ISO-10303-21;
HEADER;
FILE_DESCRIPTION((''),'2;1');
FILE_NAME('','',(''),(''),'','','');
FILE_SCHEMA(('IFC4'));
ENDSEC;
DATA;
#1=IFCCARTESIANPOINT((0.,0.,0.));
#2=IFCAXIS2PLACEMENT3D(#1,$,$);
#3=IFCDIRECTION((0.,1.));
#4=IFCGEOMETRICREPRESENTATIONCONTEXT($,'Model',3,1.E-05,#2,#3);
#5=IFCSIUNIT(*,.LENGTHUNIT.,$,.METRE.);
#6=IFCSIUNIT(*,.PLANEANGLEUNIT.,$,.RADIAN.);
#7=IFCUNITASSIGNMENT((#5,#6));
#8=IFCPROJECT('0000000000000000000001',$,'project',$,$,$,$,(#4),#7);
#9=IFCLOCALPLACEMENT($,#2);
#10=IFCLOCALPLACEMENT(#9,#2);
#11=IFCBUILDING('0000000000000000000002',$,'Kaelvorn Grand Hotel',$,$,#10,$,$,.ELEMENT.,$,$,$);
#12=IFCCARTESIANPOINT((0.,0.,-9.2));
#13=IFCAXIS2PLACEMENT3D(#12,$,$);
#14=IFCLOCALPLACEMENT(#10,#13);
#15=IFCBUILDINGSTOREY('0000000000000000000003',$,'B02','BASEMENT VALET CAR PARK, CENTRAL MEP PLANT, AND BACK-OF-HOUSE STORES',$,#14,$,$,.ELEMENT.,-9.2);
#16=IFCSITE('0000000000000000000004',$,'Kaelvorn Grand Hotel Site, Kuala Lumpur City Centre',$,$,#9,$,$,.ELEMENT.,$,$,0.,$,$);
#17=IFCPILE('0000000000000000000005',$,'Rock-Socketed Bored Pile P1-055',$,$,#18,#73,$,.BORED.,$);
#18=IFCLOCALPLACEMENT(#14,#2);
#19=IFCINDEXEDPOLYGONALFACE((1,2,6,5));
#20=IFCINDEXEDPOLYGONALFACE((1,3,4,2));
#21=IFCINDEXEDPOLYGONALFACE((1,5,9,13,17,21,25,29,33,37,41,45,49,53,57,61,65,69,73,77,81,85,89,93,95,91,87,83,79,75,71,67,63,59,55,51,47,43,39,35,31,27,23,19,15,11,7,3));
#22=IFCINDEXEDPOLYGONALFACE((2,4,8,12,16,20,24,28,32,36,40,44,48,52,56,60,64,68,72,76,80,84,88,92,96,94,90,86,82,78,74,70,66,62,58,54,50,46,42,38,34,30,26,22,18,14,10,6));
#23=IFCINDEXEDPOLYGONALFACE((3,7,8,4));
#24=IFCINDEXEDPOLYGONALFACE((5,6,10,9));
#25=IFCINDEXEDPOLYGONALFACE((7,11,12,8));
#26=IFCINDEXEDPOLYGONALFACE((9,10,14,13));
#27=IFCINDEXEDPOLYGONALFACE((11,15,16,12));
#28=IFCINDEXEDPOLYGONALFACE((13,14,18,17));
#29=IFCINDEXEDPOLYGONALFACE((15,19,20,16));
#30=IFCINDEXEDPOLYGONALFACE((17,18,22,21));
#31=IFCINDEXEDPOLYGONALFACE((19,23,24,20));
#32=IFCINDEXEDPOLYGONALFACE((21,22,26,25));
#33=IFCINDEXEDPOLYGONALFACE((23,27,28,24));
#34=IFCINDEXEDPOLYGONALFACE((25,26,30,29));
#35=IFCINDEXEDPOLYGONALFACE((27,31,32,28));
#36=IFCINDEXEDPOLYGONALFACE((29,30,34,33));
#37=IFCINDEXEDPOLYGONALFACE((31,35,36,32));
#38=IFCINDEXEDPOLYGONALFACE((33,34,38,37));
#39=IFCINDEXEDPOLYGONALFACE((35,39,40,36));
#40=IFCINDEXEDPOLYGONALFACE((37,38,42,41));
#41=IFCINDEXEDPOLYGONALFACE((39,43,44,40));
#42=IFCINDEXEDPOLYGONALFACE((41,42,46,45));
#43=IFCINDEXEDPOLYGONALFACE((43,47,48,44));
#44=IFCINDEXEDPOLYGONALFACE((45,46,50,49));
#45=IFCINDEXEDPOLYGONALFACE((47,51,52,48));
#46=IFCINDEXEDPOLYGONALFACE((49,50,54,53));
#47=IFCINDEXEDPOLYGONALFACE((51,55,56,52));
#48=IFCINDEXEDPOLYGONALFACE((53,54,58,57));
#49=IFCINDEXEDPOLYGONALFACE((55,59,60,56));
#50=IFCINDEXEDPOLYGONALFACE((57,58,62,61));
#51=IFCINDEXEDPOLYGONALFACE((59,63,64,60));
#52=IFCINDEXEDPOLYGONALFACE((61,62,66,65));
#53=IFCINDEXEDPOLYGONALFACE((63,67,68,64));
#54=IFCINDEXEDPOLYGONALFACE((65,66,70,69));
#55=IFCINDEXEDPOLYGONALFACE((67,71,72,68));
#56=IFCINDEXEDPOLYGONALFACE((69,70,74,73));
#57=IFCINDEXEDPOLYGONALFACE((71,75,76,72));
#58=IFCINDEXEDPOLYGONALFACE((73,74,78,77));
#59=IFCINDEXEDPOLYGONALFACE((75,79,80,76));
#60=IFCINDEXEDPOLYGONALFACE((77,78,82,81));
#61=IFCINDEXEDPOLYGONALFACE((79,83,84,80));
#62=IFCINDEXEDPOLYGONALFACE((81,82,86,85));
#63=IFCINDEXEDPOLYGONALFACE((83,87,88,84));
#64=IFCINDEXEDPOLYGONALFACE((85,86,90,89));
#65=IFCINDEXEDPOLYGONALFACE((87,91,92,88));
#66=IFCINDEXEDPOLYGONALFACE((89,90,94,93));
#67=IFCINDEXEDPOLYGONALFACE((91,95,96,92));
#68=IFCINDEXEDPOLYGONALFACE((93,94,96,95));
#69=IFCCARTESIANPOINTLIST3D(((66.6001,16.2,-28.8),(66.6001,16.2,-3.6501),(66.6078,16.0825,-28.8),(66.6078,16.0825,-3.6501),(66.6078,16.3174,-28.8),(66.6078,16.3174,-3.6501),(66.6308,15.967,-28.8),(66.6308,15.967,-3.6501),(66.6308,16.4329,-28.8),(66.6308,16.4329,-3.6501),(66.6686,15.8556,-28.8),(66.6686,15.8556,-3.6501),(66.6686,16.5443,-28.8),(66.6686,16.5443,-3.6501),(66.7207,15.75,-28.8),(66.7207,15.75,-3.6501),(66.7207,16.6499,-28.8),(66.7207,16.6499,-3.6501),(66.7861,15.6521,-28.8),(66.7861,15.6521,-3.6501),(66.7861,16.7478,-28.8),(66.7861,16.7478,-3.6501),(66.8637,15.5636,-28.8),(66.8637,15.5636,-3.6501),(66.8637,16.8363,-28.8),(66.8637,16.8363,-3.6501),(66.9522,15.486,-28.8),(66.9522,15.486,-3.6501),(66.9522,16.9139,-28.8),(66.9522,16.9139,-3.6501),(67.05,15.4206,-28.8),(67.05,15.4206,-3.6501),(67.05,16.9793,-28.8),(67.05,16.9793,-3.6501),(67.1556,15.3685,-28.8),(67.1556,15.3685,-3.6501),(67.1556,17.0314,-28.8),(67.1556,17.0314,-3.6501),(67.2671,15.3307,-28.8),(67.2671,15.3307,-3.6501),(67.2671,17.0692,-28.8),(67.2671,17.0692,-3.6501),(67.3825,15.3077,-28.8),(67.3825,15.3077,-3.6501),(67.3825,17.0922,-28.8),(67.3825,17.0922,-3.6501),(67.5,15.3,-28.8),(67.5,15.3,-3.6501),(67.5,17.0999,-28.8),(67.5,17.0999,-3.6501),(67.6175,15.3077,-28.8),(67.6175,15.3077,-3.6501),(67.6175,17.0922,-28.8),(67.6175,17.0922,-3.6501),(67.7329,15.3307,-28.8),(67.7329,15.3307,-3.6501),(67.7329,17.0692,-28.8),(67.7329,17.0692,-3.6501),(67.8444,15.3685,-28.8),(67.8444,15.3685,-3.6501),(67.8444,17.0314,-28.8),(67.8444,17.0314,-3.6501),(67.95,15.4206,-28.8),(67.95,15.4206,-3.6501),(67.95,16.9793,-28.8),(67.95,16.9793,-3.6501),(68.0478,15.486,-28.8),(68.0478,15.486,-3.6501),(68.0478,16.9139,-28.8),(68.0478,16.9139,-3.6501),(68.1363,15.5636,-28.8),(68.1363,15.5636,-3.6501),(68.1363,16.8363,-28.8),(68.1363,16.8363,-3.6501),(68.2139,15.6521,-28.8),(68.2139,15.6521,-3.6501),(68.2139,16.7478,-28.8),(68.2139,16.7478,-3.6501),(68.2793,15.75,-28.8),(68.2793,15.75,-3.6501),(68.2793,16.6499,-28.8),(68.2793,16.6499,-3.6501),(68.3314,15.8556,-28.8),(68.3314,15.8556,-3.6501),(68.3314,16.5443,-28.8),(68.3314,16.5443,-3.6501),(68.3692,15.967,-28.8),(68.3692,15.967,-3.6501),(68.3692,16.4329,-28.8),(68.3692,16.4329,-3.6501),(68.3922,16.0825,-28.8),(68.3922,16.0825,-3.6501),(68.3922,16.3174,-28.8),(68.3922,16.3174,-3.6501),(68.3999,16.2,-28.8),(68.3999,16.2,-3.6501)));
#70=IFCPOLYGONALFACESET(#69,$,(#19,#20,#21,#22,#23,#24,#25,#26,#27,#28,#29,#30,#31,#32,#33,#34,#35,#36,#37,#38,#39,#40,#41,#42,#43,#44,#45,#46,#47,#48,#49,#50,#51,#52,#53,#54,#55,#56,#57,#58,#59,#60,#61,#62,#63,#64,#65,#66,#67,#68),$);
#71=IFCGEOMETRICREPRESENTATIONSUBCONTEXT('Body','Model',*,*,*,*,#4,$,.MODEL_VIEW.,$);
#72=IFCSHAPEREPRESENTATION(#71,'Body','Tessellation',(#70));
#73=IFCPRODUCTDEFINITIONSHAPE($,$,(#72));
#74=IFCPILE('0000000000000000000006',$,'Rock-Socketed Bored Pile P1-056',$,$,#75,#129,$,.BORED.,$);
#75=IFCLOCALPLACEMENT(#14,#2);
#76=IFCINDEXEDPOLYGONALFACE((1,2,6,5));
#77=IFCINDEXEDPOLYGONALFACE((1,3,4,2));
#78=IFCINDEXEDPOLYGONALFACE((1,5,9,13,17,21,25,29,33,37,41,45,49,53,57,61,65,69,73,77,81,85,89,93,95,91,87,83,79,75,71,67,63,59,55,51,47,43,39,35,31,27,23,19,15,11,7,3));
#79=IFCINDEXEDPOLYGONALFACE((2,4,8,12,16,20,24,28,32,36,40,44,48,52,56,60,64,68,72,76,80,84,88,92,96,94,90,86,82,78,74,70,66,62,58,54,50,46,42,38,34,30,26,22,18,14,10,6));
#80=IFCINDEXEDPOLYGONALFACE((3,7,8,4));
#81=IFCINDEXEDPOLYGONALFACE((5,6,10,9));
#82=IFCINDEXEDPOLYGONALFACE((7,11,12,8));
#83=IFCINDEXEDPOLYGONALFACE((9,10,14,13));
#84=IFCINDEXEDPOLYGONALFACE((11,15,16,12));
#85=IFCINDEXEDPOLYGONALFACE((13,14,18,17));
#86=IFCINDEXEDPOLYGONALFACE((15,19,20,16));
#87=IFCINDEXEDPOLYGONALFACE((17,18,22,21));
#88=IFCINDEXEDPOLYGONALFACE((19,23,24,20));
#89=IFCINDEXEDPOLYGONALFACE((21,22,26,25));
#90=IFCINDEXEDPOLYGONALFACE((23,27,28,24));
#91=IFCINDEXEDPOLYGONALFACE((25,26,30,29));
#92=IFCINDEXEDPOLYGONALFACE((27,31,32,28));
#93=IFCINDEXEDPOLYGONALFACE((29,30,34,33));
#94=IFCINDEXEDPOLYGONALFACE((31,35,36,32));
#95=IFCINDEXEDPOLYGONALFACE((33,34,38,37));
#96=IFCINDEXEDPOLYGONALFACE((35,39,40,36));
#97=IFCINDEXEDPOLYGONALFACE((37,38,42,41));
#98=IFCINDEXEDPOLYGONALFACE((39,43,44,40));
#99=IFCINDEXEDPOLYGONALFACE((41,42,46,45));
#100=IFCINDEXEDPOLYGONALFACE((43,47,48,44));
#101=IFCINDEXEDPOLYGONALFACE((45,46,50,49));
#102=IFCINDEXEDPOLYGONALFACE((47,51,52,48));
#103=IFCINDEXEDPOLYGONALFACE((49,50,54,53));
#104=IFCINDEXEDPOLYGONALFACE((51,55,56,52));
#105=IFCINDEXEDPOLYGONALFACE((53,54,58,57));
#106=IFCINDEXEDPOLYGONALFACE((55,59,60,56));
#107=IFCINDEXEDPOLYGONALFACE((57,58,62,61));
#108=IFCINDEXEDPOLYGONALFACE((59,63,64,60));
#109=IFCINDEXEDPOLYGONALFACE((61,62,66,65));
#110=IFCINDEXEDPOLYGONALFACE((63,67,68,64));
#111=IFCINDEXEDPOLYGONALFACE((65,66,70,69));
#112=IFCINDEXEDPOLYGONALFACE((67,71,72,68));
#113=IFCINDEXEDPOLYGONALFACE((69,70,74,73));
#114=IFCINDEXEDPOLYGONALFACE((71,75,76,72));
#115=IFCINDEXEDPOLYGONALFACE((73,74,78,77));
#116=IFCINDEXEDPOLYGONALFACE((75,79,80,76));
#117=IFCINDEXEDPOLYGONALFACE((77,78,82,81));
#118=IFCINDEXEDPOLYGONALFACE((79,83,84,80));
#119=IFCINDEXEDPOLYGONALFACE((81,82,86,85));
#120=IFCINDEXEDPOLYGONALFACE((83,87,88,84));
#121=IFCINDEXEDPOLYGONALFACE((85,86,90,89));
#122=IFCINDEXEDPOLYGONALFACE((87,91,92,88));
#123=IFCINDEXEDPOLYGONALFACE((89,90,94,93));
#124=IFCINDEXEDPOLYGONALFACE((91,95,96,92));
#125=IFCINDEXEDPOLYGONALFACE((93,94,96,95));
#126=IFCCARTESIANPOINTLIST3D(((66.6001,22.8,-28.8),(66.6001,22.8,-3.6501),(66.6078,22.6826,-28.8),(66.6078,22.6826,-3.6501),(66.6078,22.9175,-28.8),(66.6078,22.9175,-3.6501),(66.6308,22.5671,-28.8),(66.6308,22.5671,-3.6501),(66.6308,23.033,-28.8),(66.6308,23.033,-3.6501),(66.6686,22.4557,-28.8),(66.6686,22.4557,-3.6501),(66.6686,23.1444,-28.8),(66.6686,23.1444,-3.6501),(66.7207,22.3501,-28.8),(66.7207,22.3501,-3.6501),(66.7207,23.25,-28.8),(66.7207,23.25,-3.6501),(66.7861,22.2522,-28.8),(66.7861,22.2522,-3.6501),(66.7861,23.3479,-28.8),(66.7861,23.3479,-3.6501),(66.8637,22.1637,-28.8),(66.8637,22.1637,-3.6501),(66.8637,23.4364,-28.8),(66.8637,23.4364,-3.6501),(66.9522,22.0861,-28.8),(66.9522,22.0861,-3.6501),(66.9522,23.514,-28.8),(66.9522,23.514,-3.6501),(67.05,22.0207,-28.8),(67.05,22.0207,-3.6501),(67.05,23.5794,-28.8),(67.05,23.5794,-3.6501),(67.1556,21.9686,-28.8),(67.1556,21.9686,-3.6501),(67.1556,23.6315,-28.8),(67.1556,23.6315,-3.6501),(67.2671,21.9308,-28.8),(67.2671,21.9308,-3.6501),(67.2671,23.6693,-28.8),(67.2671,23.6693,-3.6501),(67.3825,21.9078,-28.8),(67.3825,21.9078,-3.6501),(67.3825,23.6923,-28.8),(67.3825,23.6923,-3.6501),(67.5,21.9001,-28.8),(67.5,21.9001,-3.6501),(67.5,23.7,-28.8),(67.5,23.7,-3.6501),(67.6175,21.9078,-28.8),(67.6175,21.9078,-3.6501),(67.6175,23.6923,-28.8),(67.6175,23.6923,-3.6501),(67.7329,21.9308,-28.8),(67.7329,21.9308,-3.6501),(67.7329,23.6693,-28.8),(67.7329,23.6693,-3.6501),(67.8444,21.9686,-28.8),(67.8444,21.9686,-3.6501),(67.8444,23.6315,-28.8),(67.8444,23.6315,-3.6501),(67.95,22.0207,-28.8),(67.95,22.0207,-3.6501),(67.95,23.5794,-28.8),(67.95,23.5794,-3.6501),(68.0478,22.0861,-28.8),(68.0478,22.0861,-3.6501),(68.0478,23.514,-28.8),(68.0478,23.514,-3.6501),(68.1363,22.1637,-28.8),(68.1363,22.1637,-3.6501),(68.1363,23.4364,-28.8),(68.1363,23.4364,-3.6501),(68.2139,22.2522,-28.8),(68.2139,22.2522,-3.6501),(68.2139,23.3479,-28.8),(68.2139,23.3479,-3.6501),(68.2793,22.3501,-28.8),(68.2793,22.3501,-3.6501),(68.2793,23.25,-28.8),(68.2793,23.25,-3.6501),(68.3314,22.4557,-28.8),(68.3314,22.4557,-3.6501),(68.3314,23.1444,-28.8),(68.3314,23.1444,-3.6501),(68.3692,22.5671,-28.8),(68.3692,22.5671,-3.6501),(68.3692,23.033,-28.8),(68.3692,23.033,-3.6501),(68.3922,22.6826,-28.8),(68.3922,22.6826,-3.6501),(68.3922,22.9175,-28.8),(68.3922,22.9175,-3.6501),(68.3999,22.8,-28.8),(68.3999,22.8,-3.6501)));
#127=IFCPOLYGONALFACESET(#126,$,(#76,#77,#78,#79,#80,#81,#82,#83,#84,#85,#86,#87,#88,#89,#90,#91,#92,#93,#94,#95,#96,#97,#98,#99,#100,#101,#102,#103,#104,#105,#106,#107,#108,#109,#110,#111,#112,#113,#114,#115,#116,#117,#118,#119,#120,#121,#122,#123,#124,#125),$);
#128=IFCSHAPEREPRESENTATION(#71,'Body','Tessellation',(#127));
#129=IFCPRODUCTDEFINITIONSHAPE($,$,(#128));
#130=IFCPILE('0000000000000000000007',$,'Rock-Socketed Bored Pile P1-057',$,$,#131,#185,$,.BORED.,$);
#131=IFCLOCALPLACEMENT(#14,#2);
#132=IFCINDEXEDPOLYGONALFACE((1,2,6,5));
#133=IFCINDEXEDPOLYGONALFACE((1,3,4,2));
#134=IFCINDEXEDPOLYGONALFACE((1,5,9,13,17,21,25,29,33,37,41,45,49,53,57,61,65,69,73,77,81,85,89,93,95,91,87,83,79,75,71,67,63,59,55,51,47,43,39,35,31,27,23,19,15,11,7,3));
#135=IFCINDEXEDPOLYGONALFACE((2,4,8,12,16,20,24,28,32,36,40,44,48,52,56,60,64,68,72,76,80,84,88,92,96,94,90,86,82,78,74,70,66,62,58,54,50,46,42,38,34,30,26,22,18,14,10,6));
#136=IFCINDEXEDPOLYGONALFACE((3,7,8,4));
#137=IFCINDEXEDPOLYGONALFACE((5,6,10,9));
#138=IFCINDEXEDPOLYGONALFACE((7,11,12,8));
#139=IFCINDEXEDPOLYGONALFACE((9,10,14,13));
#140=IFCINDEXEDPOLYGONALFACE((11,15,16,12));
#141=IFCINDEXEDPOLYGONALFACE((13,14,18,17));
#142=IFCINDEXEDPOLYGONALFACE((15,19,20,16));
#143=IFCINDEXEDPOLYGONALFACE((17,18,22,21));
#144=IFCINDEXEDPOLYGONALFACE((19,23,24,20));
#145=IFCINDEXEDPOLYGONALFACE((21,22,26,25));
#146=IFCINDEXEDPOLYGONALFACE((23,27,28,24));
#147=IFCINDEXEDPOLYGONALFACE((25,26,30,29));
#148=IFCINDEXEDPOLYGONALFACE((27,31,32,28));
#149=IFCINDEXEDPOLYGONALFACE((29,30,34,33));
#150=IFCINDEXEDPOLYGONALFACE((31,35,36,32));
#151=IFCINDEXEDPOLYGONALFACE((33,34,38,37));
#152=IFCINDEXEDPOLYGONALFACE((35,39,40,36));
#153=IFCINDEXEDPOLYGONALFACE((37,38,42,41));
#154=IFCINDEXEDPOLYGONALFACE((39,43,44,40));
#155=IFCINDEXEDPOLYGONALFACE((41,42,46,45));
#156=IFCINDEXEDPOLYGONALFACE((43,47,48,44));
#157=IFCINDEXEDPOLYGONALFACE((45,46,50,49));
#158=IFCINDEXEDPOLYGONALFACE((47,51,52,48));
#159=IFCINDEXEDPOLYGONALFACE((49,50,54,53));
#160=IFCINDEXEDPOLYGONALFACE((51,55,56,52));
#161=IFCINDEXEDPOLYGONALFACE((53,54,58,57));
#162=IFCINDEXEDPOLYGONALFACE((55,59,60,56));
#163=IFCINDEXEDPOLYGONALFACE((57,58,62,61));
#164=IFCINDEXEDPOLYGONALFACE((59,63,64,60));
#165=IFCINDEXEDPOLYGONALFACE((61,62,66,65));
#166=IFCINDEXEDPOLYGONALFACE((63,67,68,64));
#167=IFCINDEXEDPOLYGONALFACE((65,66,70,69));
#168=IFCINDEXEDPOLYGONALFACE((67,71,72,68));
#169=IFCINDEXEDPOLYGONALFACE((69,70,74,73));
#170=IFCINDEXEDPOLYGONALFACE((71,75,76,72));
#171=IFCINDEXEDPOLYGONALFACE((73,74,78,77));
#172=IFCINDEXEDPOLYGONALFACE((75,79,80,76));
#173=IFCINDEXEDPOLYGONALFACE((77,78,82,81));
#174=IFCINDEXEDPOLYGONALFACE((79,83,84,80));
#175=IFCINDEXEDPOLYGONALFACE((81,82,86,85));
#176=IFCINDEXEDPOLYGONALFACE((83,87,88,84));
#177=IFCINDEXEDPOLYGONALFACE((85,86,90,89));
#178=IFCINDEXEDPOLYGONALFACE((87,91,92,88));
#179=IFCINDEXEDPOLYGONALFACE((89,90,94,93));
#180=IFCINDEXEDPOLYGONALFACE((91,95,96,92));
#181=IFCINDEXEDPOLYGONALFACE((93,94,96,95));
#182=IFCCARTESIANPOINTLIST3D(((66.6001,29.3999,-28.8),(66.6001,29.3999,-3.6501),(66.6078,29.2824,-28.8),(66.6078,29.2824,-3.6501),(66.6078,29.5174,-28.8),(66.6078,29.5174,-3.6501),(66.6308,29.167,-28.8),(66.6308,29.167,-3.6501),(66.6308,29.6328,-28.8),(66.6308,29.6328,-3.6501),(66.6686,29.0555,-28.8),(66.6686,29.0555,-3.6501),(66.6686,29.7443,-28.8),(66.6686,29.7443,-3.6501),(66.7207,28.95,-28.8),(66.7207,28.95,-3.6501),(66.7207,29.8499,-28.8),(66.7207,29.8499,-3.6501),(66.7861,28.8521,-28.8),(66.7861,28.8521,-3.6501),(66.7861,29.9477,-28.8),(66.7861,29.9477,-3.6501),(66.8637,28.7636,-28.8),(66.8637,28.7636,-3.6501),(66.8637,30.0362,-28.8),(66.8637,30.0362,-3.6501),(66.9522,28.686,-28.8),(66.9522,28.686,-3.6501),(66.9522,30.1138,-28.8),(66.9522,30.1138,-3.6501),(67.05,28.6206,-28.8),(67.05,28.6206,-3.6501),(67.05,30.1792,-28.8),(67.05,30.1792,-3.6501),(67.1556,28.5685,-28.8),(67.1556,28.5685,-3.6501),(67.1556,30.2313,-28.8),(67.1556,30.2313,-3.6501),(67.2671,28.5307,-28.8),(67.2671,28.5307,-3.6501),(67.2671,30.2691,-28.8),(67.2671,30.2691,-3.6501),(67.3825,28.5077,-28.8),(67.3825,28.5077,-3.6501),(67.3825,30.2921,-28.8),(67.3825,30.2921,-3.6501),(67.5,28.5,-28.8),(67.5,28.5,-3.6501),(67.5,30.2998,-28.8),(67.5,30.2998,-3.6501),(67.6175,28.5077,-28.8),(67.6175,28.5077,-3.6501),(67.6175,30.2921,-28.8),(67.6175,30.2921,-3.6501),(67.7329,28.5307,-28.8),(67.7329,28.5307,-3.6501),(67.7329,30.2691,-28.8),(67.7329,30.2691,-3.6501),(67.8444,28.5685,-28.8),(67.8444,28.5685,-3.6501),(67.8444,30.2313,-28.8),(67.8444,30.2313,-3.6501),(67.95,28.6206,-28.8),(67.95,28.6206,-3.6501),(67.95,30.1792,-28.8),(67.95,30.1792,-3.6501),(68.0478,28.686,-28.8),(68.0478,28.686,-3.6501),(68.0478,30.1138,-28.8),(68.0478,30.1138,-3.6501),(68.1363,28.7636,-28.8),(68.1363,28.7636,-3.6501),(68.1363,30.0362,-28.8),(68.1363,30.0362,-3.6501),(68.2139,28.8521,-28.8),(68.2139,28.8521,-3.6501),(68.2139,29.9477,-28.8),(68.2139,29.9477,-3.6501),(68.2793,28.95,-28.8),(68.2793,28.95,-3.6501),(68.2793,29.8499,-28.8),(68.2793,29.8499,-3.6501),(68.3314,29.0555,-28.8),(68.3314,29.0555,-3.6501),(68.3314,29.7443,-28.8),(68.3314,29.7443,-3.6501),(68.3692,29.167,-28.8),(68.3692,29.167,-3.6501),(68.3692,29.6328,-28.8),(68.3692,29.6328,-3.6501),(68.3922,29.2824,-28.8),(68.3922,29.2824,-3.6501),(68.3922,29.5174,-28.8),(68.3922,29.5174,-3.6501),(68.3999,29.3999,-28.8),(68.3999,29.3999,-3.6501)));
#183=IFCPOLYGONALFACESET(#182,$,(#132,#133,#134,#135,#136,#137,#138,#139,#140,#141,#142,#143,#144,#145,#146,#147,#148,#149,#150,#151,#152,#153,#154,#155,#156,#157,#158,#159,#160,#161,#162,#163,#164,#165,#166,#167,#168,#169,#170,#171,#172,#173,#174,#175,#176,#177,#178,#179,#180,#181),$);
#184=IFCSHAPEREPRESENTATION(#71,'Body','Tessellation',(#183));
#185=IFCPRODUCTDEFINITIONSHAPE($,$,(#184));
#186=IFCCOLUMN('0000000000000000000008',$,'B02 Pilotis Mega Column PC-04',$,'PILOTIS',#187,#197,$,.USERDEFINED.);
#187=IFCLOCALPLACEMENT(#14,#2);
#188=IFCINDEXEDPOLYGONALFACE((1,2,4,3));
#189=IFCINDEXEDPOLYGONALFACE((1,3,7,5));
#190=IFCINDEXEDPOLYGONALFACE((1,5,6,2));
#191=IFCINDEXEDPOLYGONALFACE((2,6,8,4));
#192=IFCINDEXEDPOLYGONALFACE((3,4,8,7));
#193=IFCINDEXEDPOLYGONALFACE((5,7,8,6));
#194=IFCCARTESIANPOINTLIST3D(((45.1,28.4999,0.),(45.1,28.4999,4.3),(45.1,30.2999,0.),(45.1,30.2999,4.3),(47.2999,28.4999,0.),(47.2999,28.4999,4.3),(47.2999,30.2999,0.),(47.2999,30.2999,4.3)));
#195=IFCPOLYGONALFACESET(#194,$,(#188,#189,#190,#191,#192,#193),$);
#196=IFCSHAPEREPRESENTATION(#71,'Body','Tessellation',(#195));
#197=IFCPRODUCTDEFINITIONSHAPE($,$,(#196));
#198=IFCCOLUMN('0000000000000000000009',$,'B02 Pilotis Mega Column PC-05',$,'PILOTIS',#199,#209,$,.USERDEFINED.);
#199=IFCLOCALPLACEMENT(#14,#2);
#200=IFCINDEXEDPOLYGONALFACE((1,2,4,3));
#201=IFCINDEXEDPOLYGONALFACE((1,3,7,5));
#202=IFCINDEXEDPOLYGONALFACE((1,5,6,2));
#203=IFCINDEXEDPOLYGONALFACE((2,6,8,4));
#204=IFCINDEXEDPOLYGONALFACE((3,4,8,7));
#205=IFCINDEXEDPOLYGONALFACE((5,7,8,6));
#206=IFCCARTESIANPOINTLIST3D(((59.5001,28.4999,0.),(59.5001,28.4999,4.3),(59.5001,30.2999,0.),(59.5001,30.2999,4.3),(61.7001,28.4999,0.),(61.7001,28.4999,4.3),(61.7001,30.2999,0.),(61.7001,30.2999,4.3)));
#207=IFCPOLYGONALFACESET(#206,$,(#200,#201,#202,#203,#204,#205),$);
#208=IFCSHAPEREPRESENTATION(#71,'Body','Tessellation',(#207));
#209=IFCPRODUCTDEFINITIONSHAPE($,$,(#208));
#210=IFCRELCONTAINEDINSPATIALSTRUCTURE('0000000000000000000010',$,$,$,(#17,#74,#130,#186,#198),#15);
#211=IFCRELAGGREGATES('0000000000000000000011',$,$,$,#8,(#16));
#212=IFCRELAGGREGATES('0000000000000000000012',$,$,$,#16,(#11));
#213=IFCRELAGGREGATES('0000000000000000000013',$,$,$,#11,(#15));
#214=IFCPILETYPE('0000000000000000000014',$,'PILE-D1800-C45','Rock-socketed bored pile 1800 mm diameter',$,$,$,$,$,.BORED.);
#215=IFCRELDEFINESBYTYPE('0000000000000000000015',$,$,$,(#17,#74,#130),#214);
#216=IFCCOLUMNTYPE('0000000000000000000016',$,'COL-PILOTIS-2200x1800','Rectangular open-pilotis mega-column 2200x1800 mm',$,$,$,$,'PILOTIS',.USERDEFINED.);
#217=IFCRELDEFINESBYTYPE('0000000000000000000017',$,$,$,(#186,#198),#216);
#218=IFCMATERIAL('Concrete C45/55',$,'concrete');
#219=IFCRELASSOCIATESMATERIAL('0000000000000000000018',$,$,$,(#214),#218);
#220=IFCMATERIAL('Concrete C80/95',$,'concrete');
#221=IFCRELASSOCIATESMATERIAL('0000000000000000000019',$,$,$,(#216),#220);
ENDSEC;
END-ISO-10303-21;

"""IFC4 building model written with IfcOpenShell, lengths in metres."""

from ifc_helpers import new_model, si_unit, direction, frame, origin, origin_2d, place, context, subcontext, project, spatial, rectangle, circle, extrude, material, material_profile, profile_set, type_object, element, save


model = new_model("IFC4")

# Units and contexts
model_context = context("Model", 3, precision=1e-05, world=origin(), true_north=direction((0.0, 1.0)))
body_context = subcontext(model_context, "Body", "Model", "MODEL_VIEW")
ifc_project = project(units=[si_unit("LENGTHUNIT", "METRE"), si_unit("PLANEANGLEUNIT", "RADIAN")], contexts=[model_context])

# Site, building, storey
site_placement = place(None, origin())
site = spatial("IfcSite", under=ifc_project, at=site_placement, Name="Kaelvorn Grand Hotel Site, Kuala Lumpur City Centre", CompositionType="ELEMENT", RefElevation=0.0)
building_placement = place(site_placement, origin())
building = spatial("IfcBuilding", under=site, at=building_placement, Name="Kaelvorn Grand Hotel", CompositionType="ELEMENT")
storey_placement = place(building_placement, frame((0.0, 0.0, -9.2)))
storey = spatial("IfcBuildingStorey", under=building, at=storey_placement, Name="B02", Description="BASEMENT VALET CAR PARK, CENTRAL MEP PLANT, AND BACK-OF-HOUSE STORES", CompositionType="ELEMENT", Elevation=-9.2)

# Piles
ifc_material_1 = material(Name="Concrete C45/55", Category="concrete")
ifc_material_profile_1 = material_profile(ifc_material_1, circle(Radius=0.8999, at=origin_2d()), Name="BORED PILE D1800")
ifc_profile_set_1 = profile_set([ifc_material_profile_1], Name="Concrete C45/55")
pile_type = type_object("IfcPileType", Name="PILE-D1800-C45", Description="Rock-socketed bored pile 1800 mm diameter", PredefinedType="BORED", material=ifc_profile_set_1)
for number, where, z_axis, x_axis, name in (
    (1, (67.5, 16.2, -3.6501), (0.0, 0.0, -1.0), (1.0, 0.0, 0.0), "Rock-Socketed Bored Pile P1-055"),
    (2, (67.5, 22.8, -3.6501), (0.0, 0.0, -1.0), (1.0, 0.0, 0.0), "Rock-Socketed Bored Pile P1-056"),
    (3, (67.5, 29.3999, -3.6501), (0.0, 0.0, -1.0), (1.0, 0.0, 0.0), "Rock-Socketed Bored Pile P1-057"),
):
    element("IfcPile", number, at=place(storey_placement, frame(where, z_axis=z_axis, x_axis=x_axis)), inside=storey, type_object=pile_type, Name=name, PredefinedType="BORED", context=body_context, shape_type="SweptSolid", body=[
        extrude(circle(Radius=0.8999, at=origin_2d()), origin(), (0.0, 0.0, 1.0), 25.1499),
    ])

# Columns
ifc_material_2 = material(Name="Concrete C80/95", Category="concrete")
ifc_material_profile_2 = material_profile(ifc_material_2, rectangle(XDim=2.2, YDim=1.8, at=origin_2d()), Name="PILOTIS 2200x1800")
ifc_profile_set_2 = profile_set([ifc_material_profile_2], Name="Concrete C80/95")
column_type_1 = type_object("IfcColumnType", Name="COL-PILOTIS-2200x1800", Description="Rectangular open-pilotis mega-column 2200x1800 mm", ElementType="PILOTIS", PredefinedType="USERDEFINED", material=ifc_profile_set_2)
for number, where, z_axis, x_axis, name in (
    (4, (46.2, 29.3999, 0.0), (0.0, 0.0, 1.0), (1.0, 0.0, 0.0), "B02 Pilotis Mega Column PC-04"),
    (5, (60.6001, 29.3999, 0.0), (0.0, 0.0, 1.0), (1.0, 0.0, 0.0), "B02 Pilotis Mega Column PC-05"),
):
    element("IfcColumn", number, at=place(storey_placement, frame(where, z_axis=z_axis, x_axis=x_axis)), inside=storey, type_object=column_type_1, Name=name, ObjectType="PILOTIS", PredefinedType="USERDEFINED", context=body_context, shape_type="SweptSolid", body=[
        extrude(rectangle(XDim=2.2, YDim=1.8, at=origin_2d()), origin(), (0.0, 0.0, 1.0), 4.3),
    ])

save(model, "model.ifc")
